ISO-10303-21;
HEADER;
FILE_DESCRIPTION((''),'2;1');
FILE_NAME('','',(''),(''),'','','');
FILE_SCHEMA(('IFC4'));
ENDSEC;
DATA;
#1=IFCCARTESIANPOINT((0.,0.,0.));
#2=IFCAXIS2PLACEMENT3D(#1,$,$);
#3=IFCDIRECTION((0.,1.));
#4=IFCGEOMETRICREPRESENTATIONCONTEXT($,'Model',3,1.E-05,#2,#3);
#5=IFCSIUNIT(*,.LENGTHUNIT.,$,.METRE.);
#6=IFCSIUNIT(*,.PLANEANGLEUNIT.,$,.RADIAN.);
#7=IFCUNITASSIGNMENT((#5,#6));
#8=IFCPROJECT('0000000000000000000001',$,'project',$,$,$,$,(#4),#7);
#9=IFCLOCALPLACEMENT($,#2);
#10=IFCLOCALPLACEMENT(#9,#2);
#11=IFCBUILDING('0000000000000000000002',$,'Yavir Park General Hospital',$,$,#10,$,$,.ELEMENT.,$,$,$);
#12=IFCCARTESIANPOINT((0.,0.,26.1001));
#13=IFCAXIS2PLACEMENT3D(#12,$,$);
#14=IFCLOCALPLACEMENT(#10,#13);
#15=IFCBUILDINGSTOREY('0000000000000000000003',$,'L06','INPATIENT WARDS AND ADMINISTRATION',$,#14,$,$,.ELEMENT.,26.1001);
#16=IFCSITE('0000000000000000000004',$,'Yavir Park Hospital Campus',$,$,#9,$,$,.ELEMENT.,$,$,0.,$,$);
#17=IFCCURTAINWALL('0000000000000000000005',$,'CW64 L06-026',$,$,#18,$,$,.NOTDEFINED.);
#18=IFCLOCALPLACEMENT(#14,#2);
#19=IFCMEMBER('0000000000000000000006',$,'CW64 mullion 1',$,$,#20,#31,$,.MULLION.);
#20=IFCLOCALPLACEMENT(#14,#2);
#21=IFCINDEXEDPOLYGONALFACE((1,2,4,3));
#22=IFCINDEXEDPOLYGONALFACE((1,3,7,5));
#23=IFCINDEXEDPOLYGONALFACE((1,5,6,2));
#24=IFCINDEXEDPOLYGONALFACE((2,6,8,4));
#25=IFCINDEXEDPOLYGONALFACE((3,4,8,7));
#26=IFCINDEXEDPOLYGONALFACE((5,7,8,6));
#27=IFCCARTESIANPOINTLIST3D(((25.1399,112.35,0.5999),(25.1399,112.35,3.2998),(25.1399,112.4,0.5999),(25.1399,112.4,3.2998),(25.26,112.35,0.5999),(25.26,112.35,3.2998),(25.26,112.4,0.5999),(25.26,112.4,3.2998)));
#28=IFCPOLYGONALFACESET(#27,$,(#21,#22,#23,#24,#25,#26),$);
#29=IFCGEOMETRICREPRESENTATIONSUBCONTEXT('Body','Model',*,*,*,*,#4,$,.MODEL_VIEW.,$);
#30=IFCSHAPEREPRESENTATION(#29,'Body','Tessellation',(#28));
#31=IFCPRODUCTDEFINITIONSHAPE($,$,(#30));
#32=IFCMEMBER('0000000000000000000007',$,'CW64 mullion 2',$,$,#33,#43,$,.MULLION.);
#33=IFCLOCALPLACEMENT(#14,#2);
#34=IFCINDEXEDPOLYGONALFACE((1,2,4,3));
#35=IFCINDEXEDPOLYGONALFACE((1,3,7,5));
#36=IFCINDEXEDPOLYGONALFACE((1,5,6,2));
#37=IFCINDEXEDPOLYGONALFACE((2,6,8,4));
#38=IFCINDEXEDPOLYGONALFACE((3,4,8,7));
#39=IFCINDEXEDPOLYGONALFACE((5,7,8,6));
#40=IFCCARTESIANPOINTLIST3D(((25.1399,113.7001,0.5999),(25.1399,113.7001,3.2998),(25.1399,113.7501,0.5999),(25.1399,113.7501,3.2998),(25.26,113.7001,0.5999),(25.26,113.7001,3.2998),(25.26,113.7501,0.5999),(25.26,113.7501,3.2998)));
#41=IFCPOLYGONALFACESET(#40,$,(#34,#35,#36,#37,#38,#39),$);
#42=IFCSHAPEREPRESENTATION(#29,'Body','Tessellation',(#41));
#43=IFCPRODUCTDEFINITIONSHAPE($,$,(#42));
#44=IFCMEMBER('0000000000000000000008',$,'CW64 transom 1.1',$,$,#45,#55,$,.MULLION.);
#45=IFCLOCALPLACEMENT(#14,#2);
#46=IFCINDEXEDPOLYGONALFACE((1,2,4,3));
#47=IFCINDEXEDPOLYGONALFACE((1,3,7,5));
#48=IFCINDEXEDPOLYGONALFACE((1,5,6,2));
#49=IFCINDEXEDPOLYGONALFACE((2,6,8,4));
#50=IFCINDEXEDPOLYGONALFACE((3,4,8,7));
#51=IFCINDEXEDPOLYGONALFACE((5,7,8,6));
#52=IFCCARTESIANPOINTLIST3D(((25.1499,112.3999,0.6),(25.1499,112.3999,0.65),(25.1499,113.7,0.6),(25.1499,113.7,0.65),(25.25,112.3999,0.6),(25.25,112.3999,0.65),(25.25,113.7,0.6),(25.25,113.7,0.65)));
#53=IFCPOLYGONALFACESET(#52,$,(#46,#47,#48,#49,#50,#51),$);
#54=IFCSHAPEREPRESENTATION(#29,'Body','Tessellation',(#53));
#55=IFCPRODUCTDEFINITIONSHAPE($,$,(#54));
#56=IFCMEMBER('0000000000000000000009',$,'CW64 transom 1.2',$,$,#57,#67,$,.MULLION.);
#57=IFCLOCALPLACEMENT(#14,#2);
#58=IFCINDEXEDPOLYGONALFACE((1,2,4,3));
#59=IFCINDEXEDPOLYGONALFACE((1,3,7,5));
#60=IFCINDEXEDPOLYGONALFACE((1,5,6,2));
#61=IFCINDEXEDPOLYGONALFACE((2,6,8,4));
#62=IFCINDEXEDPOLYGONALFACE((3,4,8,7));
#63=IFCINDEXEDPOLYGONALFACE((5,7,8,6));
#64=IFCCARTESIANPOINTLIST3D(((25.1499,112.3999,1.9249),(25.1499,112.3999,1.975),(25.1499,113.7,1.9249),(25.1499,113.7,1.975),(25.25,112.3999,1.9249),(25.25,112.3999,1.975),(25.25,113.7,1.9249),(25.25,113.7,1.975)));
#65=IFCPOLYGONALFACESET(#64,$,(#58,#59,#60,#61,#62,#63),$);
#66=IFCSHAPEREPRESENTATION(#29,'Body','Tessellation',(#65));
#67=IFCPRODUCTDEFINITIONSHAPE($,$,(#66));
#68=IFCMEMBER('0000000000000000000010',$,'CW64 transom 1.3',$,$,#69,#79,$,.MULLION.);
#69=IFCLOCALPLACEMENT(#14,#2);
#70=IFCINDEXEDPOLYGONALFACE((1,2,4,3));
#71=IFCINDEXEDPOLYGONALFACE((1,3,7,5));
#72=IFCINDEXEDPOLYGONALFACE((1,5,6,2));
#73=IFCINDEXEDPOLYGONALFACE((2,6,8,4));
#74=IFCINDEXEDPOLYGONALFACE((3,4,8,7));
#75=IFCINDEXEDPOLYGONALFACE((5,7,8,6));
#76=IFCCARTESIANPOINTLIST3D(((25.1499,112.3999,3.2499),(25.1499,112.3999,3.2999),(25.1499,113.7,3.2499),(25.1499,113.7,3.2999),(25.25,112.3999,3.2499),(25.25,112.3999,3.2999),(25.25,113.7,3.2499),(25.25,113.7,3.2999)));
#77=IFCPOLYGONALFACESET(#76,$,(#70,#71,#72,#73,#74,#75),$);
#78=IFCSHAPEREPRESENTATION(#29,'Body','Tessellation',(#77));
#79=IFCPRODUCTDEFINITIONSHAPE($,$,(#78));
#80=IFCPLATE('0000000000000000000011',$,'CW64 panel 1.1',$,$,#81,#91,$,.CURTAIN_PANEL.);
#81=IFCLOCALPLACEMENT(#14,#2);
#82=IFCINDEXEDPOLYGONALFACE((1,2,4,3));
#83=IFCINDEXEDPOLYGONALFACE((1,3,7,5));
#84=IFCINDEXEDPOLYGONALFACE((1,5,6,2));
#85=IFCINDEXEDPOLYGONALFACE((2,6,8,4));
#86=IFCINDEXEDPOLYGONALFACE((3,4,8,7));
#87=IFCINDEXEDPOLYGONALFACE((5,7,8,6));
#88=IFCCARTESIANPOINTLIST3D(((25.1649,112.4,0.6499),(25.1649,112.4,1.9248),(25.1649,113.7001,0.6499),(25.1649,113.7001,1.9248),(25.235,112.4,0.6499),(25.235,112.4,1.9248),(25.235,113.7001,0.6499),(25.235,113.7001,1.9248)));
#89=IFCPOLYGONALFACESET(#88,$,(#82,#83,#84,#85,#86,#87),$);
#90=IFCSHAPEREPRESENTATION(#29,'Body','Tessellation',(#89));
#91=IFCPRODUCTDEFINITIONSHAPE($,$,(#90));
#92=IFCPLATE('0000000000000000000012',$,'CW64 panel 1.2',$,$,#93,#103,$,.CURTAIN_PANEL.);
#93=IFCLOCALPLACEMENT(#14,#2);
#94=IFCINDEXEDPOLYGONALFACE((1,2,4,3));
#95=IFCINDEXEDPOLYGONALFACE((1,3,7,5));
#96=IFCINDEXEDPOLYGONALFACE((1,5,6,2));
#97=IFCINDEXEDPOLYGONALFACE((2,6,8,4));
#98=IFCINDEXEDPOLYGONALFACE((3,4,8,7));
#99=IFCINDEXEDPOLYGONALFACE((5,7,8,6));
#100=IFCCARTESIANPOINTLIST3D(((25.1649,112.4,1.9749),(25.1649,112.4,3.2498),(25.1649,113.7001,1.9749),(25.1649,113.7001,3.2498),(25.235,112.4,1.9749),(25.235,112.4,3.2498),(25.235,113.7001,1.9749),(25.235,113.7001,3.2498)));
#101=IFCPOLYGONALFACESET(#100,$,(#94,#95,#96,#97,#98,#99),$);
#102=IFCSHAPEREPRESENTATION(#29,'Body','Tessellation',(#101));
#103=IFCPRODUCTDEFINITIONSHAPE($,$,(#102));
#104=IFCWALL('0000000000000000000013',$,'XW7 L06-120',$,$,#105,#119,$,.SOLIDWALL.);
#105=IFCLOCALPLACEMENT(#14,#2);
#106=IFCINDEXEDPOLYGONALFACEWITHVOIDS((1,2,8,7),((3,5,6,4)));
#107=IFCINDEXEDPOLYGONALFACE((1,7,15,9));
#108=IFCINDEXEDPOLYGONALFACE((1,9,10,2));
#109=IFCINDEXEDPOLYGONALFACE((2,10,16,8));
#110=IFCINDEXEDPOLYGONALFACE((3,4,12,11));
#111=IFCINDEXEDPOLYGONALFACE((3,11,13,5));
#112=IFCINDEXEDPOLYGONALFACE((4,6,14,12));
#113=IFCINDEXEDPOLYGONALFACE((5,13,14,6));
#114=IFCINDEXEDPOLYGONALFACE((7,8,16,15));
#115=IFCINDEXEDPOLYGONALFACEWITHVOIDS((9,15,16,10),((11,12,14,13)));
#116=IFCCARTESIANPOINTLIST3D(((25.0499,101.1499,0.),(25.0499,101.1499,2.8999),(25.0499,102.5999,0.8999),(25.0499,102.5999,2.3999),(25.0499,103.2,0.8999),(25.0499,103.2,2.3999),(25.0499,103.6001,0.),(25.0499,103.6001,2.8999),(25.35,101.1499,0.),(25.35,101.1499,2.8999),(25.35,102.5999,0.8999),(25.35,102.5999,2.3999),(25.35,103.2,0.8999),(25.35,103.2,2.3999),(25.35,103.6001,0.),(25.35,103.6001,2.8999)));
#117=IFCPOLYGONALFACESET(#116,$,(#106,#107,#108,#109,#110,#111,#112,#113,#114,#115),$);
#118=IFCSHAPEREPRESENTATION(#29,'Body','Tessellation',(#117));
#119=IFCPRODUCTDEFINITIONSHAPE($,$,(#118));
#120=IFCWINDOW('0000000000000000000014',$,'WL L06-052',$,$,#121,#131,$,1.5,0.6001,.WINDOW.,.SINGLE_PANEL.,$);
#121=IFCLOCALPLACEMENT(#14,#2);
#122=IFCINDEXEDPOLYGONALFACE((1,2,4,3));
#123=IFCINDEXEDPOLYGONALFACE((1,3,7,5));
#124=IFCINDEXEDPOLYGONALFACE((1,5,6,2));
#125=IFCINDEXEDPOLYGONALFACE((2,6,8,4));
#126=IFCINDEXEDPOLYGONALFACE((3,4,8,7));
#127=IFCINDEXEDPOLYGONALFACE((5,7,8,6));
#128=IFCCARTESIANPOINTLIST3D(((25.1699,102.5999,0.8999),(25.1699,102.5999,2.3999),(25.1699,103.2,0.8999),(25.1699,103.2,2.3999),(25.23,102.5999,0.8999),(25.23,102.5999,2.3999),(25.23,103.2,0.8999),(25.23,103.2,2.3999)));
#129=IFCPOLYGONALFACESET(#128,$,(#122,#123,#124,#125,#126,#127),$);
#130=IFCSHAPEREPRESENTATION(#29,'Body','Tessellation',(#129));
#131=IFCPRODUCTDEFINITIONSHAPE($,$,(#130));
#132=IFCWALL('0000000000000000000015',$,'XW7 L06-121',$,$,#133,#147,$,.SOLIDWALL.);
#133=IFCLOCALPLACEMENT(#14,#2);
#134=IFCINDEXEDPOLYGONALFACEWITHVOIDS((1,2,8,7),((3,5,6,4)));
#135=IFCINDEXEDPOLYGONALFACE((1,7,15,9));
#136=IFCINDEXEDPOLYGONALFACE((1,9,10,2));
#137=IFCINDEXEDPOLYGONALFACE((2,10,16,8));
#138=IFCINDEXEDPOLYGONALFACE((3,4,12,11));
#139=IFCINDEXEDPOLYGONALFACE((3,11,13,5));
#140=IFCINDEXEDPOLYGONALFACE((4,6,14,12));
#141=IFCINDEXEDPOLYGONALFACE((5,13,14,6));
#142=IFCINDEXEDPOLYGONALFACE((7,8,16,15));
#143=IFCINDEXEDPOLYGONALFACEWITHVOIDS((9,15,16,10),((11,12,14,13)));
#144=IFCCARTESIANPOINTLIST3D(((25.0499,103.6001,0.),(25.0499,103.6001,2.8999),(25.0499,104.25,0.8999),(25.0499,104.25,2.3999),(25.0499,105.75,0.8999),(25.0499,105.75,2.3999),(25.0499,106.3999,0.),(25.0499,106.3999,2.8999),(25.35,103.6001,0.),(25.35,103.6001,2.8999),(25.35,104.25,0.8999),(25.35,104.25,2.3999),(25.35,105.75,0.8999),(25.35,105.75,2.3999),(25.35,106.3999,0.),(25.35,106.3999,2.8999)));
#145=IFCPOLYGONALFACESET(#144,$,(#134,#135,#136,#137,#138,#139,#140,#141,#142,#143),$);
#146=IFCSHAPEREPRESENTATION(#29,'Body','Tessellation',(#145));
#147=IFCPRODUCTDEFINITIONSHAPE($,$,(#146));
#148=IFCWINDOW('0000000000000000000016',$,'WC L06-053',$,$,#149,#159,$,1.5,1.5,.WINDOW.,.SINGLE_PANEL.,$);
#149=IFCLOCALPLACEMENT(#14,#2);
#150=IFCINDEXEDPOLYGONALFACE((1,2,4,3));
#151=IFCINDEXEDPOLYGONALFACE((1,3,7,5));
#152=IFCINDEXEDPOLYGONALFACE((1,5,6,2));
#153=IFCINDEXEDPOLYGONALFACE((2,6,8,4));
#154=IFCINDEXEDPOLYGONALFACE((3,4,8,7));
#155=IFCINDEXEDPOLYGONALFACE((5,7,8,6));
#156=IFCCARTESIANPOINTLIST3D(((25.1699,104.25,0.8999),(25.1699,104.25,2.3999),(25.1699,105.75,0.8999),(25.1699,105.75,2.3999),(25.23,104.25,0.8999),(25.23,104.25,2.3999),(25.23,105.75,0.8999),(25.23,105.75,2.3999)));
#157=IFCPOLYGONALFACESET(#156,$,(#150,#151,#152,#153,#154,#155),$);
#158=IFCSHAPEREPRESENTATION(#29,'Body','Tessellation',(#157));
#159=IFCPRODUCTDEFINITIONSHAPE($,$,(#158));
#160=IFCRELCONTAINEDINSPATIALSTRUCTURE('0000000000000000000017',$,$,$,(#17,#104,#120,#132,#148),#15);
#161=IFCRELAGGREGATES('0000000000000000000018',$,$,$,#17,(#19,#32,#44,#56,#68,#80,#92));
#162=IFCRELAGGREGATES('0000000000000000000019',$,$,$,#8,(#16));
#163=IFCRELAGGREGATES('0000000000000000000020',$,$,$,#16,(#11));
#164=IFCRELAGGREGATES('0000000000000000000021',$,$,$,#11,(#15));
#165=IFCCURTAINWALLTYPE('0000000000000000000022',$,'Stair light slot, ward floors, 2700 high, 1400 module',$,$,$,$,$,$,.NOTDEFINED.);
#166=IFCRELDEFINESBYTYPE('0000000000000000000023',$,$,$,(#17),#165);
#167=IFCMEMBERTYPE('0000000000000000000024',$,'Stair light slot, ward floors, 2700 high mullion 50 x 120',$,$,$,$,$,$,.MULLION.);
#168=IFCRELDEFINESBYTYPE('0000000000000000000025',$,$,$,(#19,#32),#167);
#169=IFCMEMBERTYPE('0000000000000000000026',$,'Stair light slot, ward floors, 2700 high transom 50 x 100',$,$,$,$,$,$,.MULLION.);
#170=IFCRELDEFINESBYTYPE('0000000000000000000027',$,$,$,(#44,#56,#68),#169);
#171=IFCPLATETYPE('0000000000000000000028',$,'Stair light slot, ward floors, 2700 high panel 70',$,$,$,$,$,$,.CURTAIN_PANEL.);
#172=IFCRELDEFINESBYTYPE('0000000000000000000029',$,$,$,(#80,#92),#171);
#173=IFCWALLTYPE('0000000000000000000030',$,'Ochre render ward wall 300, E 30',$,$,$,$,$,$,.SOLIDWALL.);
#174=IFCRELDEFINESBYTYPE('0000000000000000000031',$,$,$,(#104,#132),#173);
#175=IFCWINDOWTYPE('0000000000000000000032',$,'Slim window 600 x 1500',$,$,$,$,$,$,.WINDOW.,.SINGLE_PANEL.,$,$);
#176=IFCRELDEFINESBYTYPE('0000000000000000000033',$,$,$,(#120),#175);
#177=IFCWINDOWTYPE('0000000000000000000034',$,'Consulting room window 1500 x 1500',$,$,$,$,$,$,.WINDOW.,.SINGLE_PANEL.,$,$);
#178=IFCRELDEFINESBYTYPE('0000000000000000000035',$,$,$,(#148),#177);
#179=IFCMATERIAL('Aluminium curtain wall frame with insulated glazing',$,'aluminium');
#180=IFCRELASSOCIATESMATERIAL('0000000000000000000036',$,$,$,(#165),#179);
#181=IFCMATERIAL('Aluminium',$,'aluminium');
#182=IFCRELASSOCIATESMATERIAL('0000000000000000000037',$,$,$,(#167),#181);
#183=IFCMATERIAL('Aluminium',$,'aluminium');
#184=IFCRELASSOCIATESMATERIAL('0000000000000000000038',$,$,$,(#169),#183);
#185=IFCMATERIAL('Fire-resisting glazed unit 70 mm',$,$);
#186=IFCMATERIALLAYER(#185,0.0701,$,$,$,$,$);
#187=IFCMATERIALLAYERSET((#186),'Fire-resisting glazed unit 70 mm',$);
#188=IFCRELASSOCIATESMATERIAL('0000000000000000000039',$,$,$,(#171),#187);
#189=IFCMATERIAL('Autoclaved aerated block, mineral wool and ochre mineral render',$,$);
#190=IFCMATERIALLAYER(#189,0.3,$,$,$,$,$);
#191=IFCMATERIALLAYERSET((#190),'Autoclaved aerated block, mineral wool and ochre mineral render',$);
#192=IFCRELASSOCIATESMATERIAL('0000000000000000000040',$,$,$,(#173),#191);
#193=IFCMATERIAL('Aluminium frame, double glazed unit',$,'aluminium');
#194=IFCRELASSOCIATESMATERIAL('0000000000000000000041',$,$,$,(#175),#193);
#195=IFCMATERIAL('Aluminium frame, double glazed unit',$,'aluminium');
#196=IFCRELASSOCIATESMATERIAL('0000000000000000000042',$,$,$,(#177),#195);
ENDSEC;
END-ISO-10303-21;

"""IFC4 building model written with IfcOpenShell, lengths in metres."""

from ifc_helpers import new_model, si_unit, direction, frame, frame_2d, origin, origin_2d, place, context, subcontext, project, spatial, rectangle, extrude, material, layer, layer_set, material_profile, profile_set, type_object, element, fill, aggregate, save


model = new_model("IFC4")

# Units and contexts
model_context = context("Model", 3, precision=1e-05, world=origin(), true_north=direction((0.0, 1.0)))
body_context = subcontext(model_context, "Body", "Model", "MODEL_VIEW")
ifc_project = project(units=[si_unit("LENGTHUNIT", "METRE"), si_unit("PLANEANGLEUNIT", "RADIAN")], contexts=[model_context])

# Site, building, storey
site_placement = place(None, origin())
site = spatial("IfcSite", under=ifc_project, at=site_placement, Name="Yavir Park Hospital Campus", CompositionType="ELEMENT", RefElevation=0.0)
building_placement = place(site_placement, origin())
building = spatial("IfcBuilding", under=site, at=building_placement, Name="Yavir Park General Hospital", CompositionType="ELEMENT")
storey_placement = place(building_placement, frame((0.0, 0.0, 26.1001)))
storey = spatial("IfcBuildingStorey", under=building, at=storey_placement, Name="L06", Description="INPATIENT WARDS AND ADMINISTRATION", CompositionType="ELEMENT", Elevation=26.1001)

# Curtain wall, members, plates
ifc_material_1 = material(Name="Aluminium curtain wall frame with insulated glazing", Category="aluminium")
curtain_wall_type = type_object("IfcCurtainWallType", Name="Stair light slot, ward floors, 2700 high, 1400 module", PredefinedType="NOTDEFINED", material=ifc_material_1)
curtain_wall_placement = place(storey_placement, origin())
curtain_wall = element("IfcCurtainWall", 1, at=curtain_wall_placement, inside=storey, type_object=curtain_wall_type, Name="CW64 L06-026", PredefinedType="NOTDEFINED")
ifc_material_2 = material(Name="Aluminium", Category="aluminium")
ifc_material_profile_1 = material_profile(ifc_material_2, rectangle(XDim=0.1201, YDim=0.05, at=origin_2d()), Name="AL 50x120")
ifc_profile_set_1 = profile_set([ifc_material_profile_1], Name="Aluminium")
member_type_1 = type_object("IfcMemberType", Name="Stair light slot, ward floors, 2700 high mullion 50 x 120", PredefinedType="MULLION", material=ifc_profile_set_1)
member_1_placement = place(storey_placement, frame((25.2, 112.375, 0.5999), z_axis=(0.0, 0.0, 1.0), x_axis=(-1.0, 0.0, 0.0)))
member_1 = element("IfcMember", 2, at=member_1_placement, type_object=member_type_1, Name="CW64 mullion 1", PredefinedType="MULLION", context=body_context, shape_type="SweptSolid", body=[
    extrude(rectangle(XDim=0.1201, YDim=0.05, at=origin_2d()), origin(), (0.0, 0.0, 1.0), 2.7),
])
member_2_placement = place(storey_placement, frame((25.2, 113.7251, 0.5999), z_axis=(0.0, 0.0, 1.0), x_axis=(-1.0, 0.0, 0.0)))
member_2 = element("IfcMember", 3, at=member_2_placement, type_object=member_type_1, Name="CW64 mullion 2", PredefinedType="MULLION", context=body_context, shape_type="SweptSolid", body=[
    extrude(rectangle(XDim=0.1201, YDim=0.05, at=origin_2d()), origin(), (0.0, 0.0, 1.0), 2.7),
])
ifc_material_3 = material(Name="Aluminium", Category="aluminium")
ifc_material_profile_2 = material_profile(ifc_material_3, rectangle(XDim=0.1001, YDim=0.05, at=origin_2d()), Name="AL 100x50")
ifc_profile_set_2 = profile_set([ifc_material_profile_2], Name="Aluminium")
member_type_2 = type_object("IfcMemberType", Name="Stair light slot, ward floors, 2700 high transom 50 x 100", PredefinedType="MULLION", material=ifc_profile_set_2)
member_3_placement = place(storey_placement, frame((25.2, 112.3999, 0.625), z_axis=(0.0, 1.0, 0.0), x_axis=(-1.0, 0.0, 0.0)))
member_3 = element("IfcMember", 4, at=member_3_placement, type_object=member_type_2, Name="CW64 transom 1.1", PredefinedType="MULLION", context=body_context, shape_type="SweptSolid", body=[
    extrude(rectangle(XDim=0.1001, YDim=0.05, at=origin_2d()), origin(), (0.0, 0.0, 1.0), 1.3),
])
member_4_placement = place(storey_placement, frame((25.2, 112.3999, 1.95), z_axis=(0.0, 1.0, 0.0), x_axis=(-1.0, 0.0, 0.0)))
member_4 = element("IfcMember", 5, at=member_4_placement, type_object=member_type_2, Name="CW64 transom 1.2", PredefinedType="MULLION", context=body_context, shape_type="SweptSolid", body=[
    extrude(rectangle(XDim=0.1001, YDim=0.05, at=origin_2d()), origin(), (0.0, 0.0, 1.0), 1.3),
])
member_5_placement = place(storey_placement, frame((25.2, 112.3999, 3.2749), z_axis=(0.0, 1.0, 0.0), x_axis=(-1.0, 0.0, 0.0)))
member_5 = element("IfcMember", 6, at=member_5_placement, type_object=member_type_2, Name="CW64 transom 1.3", PredefinedType="MULLION", context=body_context, shape_type="SweptSolid", body=[
    extrude(rectangle(XDim=0.1001, YDim=0.05, at=origin_2d()), origin(), (0.0, 0.0, 1.0), 1.3),
])
ifc_material_4 = material(Name="Fire-resisting glazed unit 70 mm")
ifc_layer_1 = layer(ifc_material_4, 0.0701)
ifc_layer_set_1 = layer_set([ifc_layer_1], Name="Fire-resisting glazed unit 70 mm")
plate_type = type_object("IfcPlateType", Name="Stair light slot, ward floors, 2700 high panel 70", PredefinedType="CURTAIN_PANEL", material=ifc_layer_set_1)
plate_1_placement = place(storey_placement, frame((25.2, 113.05, 0.6499), z_axis=(0.0, 0.0, 1.0), x_axis=(0.0, 1.0, 0.0)))
plate_1 = element("IfcPlate", 7, at=plate_1_placement, type_object=plate_type, Name="CW64 panel 1.1", PredefinedType="CURTAIN_PANEL", context=body_context, shape_type="SweptSolid", body=[
    extrude(rectangle(XDim=1.3, YDim=0.0701, at=origin_2d()), origin(), (0.0, 0.0, 1.0), 1.2749),
])
plate_2_placement = place(storey_placement, frame((25.2, 113.05, 1.9749), z_axis=(0.0, 0.0, 1.0), x_axis=(0.0, 1.0, 0.0)))
plate_2 = element("IfcPlate", 8, at=plate_2_placement, type_object=plate_type, Name="CW64 panel 1.2", PredefinedType="CURTAIN_PANEL", context=body_context, shape_type="SweptSolid", body=[
    extrude(rectangle(XDim=1.3, YDim=0.0701, at=origin_2d()), origin(), (0.0, 0.0, 1.0), 1.2749),
])
aggregate(curtain_wall, [member_1, member_2, member_3, member_4, member_5, plate_1, plate_2])

# Walls, openings, windows
ifc_material_5 = material(Name="Autoclaved aerated block, mineral wool and ochre mineral render")
ifc_layer_2 = layer(ifc_material_5, 0.3)
ifc_layer_set_2 = layer_set([ifc_layer_2], Name="Autoclaved aerated block, mineral wool and ochre mineral render")
wall_type_1 = type_object("IfcWallType", Name="Ochre render ward wall 300, E 30", PredefinedType="SOLIDWALL", material=ifc_layer_set_2)
wall_1_placement = place(storey_placement, frame((25.2, 101.1499, 0.0), z_axis=(0.0, 0.0, 1.0), x_axis=(0.0, 1.0, 0.0)))
wall_1 = element("IfcWall", 9, at=wall_1_placement, inside=storey, type_object=wall_type_1, Name="XW7 L06-120", PredefinedType="SOLIDWALL", context=body_context, shape_type="SweptSolid", body=[
    extrude(rectangle(XDim=2.4502, YDim=0.3, at=frame_2d((1.2251, 0.0))), origin(), (0.0, 0.0, 1.0), 2.8999),
])
opening_1_placement = place(wall_1_placement, frame((1.45, 0.0, 0.8999)))
opening_1 = element("IfcOpeningElement", 10, at=opening_1_placement, cuts=wall_1, PredefinedType="OPENING", context=body_context, shape_type="SweptSolid", body=[
    extrude(rectangle(XDim=0.6001, YDim=1.5, at=frame_2d((0.3, 0.75))), frame((0.0, 0.1599, 0.0), z_axis=(0.0, -1.0, 0.0), x_axis=(1.0, 0.0, 0.0)), (0.0, 0.0, 1.0), 0.3201),
])
ifc_material_6 = material(Name="Aluminium frame, double glazed unit", Category="aluminium")
window_type_1 = type_object("IfcWindowType", Name="Slim window 600 x 1500", PartitioningType="SINGLE_PANEL", PredefinedType="WINDOW", material=ifc_material_6)
window_1_placement = place(opening_1_placement, origin())
window_1 = element("IfcWindow", 11, at=window_1_placement, inside=storey, type_object=window_type_1, Name="WL L06-052", OverallHeight=1.5, OverallWidth=0.6001, PartitioningType="SINGLE_PANEL", PredefinedType="WINDOW", context=body_context, shape_type="SweptSolid", body=[
    extrude(rectangle(XDim=0.6001, YDim=1.5, at=frame_2d((0.3, 0.75))), frame((0.0, 0.03, 0.0), z_axis=(0.0, -1.0, 0.0), x_axis=(1.0, 0.0, 0.0)), (0.0, 0.0, 1.0), 0.0601),
])
fill(opening_1, window_1)
wall_2_placement = place(storey_placement, frame((25.2, 103.6001, 0.0), z_axis=(0.0, 0.0, 1.0), x_axis=(0.0, 1.0, 0.0)))
wall_2 = element("IfcWall", 12, at=wall_2_placement, inside=storey, type_object=wall_type_1, Name="XW7 L06-121", PredefinedType="SOLIDWALL", context=body_context, shape_type="SweptSolid", body=[
    extrude(rectangle(XDim=2.7998, YDim=0.3, at=frame_2d((1.3999, 0.0))), origin(), (0.0, 0.0, 1.0), 2.8999),
])
opening_2_placement = place(wall_2_placement, frame((0.6499, 0.0, 0.8999)))
opening_2 = element("IfcOpeningElement", 13, at=opening_2_placement, cuts=wall_2, PredefinedType="OPENING", context=body_context, shape_type="SweptSolid", body=[
    extrude(rectangle(XDim=1.5, YDim=1.5, at=frame_2d((0.75, 0.75))), frame((0.0, 0.1599, 0.0), z_axis=(0.0, -1.0, 0.0), x_axis=(1.0, 0.0, 0.0)), (0.0, 0.0, 1.0), 0.3201),
])
ifc_material_7 = material(Name="Aluminium frame, double glazed unit", Category="aluminium")
window_type_2 = type_object("IfcWindowType", Name="Consulting room window 1500 x 1500", PartitioningType="SINGLE_PANEL", PredefinedType="WINDOW", material=ifc_material_7)
window_2_placement = place(opening_2_placement, origin())
window_2 = element("IfcWindow", 14, at=window_2_placement, inside=storey, type_object=window_type_2, Name="WC L06-053", OverallHeight=1.5, OverallWidth=1.5, PartitioningType="SINGLE_PANEL", PredefinedType="WINDOW", context=body_context, shape_type="SweptSolid", body=[
    extrude(rectangle(XDim=1.5, YDim=1.5, at=frame_2d((0.75, 0.75))), frame((0.0, 0.03, 0.0), z_axis=(0.0, -1.0, 0.0), x_axis=(1.0, 0.0, 0.0)), (0.0, 0.0, 1.0), 0.0601),
])
fill(opening_2, window_2)

save(model, "model.ifc")
